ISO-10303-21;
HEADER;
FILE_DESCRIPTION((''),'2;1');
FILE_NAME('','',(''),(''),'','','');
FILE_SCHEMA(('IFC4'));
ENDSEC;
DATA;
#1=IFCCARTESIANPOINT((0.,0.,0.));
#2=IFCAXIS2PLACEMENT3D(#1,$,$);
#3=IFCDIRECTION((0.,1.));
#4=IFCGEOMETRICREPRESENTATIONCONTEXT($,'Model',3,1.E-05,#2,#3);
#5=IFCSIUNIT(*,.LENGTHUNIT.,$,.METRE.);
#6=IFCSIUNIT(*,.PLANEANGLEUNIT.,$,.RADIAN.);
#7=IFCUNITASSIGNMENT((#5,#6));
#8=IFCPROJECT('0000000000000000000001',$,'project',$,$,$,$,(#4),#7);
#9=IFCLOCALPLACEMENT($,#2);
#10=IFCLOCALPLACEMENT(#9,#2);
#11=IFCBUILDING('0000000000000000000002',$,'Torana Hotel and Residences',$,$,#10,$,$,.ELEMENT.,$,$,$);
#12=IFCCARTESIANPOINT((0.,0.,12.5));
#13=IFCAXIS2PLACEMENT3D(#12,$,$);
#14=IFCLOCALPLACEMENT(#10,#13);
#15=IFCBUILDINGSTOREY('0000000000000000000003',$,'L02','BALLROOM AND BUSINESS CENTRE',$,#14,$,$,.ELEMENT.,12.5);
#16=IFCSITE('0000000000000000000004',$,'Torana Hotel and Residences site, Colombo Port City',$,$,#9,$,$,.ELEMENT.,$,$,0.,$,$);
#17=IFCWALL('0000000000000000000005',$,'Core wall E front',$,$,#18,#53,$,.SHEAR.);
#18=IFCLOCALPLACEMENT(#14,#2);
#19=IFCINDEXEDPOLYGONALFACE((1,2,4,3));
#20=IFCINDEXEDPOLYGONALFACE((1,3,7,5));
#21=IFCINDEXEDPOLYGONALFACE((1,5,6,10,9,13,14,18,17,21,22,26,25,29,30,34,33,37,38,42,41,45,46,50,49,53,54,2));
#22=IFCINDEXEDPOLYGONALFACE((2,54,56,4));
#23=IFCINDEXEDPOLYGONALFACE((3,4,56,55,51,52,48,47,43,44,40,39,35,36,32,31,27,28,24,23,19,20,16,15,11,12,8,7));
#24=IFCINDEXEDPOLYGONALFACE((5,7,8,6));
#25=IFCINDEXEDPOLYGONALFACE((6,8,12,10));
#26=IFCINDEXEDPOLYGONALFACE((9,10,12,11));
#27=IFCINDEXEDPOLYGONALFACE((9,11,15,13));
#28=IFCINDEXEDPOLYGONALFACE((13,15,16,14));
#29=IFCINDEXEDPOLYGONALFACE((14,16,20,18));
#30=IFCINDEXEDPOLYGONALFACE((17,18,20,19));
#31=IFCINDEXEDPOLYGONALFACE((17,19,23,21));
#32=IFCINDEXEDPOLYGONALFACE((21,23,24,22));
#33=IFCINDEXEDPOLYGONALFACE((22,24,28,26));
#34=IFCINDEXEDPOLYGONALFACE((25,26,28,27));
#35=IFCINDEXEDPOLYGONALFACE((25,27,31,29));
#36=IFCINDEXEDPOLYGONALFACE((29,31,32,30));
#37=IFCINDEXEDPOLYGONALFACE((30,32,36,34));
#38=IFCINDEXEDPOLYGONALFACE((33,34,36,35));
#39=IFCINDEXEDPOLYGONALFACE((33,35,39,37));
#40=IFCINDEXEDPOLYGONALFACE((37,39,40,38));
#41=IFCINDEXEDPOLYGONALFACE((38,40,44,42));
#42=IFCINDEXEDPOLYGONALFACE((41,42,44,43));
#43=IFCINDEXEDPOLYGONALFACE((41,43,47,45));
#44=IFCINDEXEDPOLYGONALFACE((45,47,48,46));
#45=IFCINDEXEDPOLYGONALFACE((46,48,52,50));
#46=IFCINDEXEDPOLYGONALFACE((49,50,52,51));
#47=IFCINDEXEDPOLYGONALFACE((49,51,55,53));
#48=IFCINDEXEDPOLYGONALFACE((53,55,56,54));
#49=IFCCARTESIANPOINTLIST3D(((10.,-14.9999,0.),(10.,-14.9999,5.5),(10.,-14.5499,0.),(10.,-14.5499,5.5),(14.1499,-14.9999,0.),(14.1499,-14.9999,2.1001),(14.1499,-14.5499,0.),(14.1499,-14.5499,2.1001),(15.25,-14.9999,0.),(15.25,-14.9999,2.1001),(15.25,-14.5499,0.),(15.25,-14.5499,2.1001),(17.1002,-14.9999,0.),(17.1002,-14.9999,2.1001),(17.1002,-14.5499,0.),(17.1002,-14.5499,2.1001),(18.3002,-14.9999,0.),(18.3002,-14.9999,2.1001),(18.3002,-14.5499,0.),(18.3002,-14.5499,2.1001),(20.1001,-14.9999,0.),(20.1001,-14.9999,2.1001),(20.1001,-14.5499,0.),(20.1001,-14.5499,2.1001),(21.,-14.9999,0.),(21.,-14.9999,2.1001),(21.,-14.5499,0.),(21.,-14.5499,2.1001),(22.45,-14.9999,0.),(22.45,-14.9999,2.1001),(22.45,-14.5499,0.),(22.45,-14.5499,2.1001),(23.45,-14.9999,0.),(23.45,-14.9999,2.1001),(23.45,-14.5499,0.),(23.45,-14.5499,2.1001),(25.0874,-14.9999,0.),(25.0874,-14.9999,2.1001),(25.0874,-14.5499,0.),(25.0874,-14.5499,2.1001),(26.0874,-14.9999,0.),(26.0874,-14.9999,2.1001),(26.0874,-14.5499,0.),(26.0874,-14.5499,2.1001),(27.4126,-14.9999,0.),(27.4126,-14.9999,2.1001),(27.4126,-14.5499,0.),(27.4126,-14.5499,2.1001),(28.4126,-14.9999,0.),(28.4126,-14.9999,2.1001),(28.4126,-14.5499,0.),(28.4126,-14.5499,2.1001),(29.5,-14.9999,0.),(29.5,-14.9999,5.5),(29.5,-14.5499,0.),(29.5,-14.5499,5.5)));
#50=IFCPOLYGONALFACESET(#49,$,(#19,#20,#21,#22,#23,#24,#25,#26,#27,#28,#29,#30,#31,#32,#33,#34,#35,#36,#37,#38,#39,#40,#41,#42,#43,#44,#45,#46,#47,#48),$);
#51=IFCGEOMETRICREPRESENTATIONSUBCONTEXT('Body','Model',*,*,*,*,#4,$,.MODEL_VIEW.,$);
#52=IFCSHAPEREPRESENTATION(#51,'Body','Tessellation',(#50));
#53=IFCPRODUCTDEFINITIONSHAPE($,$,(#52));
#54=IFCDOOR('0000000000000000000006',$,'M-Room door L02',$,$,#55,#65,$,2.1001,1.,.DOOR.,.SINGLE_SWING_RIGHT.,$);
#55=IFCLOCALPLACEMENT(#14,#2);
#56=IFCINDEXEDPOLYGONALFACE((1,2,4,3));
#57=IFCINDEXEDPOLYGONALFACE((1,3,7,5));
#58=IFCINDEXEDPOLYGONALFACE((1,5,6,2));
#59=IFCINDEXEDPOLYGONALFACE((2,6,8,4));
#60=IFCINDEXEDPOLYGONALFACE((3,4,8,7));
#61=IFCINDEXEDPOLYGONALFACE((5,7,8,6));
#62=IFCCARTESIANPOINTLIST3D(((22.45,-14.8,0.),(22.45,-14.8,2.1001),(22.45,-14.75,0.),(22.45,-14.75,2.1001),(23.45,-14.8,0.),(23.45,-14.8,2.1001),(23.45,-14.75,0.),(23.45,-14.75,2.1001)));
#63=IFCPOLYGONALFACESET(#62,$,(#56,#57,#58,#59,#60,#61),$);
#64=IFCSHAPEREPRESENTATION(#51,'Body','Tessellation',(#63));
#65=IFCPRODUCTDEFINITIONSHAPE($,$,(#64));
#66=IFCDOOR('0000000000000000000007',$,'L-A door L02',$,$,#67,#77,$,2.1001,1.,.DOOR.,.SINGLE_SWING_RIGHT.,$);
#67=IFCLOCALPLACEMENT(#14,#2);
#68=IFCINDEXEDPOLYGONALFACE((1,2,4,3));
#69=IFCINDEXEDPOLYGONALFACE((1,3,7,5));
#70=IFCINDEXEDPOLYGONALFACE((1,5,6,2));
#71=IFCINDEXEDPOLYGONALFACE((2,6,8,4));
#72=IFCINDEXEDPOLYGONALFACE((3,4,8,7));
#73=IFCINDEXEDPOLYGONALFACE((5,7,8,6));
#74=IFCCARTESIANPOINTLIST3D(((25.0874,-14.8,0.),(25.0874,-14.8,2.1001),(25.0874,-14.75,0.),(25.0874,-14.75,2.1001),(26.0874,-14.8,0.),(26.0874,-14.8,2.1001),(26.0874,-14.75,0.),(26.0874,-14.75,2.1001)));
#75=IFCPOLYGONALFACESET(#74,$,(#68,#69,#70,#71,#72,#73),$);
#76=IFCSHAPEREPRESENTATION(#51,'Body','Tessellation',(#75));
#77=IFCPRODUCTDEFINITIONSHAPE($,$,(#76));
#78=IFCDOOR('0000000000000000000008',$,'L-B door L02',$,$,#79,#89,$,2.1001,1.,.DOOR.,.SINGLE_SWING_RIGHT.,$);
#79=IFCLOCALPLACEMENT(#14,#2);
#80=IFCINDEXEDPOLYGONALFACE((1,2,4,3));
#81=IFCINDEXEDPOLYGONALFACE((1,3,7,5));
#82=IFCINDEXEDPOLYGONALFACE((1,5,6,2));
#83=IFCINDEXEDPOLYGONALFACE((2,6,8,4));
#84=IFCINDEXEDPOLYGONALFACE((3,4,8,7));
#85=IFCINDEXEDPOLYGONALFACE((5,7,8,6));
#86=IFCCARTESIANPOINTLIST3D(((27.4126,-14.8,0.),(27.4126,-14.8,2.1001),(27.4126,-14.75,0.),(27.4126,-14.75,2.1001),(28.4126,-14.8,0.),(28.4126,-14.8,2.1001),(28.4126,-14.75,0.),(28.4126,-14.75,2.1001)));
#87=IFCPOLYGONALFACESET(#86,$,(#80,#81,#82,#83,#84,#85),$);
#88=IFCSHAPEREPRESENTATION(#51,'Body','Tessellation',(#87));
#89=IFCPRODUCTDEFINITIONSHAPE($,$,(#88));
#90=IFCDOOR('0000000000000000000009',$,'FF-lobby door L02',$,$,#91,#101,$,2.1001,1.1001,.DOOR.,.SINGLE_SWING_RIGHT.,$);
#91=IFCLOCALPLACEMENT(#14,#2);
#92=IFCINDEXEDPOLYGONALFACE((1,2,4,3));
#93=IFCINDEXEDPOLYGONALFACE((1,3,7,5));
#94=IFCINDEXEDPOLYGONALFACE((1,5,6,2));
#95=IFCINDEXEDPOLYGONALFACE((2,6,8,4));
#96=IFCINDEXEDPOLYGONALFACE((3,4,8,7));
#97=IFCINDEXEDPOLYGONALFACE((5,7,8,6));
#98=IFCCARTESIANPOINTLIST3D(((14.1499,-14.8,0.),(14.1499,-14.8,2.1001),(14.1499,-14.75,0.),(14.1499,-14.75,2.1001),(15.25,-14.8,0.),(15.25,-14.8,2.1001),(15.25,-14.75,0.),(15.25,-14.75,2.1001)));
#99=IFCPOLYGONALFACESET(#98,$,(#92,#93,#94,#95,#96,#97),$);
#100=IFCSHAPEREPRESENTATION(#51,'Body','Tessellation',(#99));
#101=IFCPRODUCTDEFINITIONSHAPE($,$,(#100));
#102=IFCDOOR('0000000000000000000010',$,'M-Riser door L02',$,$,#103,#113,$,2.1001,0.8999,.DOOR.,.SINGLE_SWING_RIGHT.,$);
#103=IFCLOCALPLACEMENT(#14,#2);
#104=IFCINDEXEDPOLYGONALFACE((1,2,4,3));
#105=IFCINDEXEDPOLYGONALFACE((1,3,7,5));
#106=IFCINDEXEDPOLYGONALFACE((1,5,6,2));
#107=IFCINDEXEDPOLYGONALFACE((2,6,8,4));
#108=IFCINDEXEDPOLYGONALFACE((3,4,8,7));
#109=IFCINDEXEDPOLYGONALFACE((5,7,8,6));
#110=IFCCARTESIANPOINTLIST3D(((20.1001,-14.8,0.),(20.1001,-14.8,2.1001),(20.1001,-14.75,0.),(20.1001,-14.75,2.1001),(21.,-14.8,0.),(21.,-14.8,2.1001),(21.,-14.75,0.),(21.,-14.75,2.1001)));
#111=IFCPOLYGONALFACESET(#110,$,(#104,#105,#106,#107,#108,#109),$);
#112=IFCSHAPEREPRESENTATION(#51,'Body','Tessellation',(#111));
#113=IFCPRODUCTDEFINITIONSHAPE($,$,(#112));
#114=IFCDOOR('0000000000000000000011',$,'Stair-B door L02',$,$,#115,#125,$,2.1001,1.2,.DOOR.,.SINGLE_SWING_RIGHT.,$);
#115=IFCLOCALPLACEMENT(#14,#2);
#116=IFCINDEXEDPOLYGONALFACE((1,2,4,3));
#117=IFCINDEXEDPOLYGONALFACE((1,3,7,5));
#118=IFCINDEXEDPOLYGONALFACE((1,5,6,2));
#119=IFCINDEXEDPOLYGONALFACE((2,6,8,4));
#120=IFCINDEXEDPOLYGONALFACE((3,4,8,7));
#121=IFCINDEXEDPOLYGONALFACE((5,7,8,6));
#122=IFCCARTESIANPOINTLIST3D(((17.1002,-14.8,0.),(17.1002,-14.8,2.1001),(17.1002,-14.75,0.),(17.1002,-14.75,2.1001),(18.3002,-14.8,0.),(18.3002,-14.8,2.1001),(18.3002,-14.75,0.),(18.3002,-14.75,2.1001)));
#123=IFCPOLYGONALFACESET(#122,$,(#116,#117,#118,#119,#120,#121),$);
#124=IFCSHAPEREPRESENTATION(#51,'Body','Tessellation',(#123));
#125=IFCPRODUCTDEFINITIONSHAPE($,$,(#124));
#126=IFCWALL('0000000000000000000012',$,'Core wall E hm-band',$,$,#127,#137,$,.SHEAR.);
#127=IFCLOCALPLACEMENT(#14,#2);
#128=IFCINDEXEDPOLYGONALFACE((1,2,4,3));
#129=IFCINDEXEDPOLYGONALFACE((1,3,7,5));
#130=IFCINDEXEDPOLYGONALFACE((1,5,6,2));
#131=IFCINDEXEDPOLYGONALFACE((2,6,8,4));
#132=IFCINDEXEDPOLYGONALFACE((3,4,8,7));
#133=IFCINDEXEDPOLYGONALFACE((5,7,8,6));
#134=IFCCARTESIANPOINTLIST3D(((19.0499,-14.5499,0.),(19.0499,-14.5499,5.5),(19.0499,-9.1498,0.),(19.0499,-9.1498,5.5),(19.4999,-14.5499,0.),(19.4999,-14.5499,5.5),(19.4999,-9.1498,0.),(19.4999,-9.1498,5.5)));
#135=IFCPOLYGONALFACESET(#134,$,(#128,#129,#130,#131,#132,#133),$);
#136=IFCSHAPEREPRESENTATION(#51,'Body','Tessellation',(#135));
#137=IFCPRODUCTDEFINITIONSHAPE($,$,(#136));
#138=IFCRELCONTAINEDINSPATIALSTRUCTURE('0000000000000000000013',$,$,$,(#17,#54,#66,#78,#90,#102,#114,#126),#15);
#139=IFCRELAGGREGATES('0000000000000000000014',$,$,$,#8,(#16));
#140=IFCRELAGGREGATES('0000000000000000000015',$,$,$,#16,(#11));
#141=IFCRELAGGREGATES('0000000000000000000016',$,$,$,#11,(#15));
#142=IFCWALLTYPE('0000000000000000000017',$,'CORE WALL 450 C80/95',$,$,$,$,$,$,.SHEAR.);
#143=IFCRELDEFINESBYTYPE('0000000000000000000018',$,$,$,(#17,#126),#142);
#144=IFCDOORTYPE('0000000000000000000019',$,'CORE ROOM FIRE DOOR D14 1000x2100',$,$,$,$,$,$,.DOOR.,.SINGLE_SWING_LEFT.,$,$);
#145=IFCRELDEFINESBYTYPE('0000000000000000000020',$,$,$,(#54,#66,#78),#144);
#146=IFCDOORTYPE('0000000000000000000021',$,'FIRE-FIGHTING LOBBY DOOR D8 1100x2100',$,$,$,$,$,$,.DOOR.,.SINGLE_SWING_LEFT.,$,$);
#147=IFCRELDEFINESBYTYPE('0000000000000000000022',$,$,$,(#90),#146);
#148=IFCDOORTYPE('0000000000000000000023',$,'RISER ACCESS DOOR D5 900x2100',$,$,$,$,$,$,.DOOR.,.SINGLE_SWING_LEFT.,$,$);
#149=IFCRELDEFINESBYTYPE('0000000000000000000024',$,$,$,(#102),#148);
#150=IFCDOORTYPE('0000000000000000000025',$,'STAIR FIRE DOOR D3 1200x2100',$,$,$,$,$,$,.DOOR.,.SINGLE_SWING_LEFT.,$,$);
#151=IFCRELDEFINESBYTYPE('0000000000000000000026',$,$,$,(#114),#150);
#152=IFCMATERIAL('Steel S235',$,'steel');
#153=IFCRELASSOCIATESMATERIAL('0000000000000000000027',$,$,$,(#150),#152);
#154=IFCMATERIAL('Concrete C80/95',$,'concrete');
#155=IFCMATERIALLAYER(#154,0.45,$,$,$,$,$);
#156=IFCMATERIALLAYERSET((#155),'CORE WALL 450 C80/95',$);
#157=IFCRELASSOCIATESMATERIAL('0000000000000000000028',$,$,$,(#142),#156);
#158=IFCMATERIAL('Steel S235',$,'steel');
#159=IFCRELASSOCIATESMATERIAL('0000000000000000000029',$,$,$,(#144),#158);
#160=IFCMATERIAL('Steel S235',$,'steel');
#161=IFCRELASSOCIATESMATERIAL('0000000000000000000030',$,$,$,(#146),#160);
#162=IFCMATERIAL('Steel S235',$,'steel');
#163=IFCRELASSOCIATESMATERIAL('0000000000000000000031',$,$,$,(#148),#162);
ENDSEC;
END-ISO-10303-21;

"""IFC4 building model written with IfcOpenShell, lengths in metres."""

from ifc_helpers import new_model, si_unit, direction, frame, frame_2d, origin, place, context, subcontext, project, spatial, rectangle, extrude, material, layer, layer_set, type_object, element, fill, save


model = new_model("IFC4")

# Units and contexts
model_context = context("Model", 3, precision=1e-05, world=origin(), true_north=direction((0.0, 1.0)))
body_context = subcontext(model_context, "Body", "Model", "MODEL_VIEW")
ifc_project = project(units=[si_unit("LENGTHUNIT", "METRE"), si_unit("PLANEANGLEUNIT", "RADIAN")], contexts=[model_context])

# Site, building, storey
site_placement = place(None, origin())
site = spatial("IfcSite", under=ifc_project, at=site_placement, Name="Torana Hotel and Residences site, Colombo Port City", CompositionType="ELEMENT", RefElevation=0.0)
building_placement = place(site_placement, origin())
building = spatial("IfcBuilding", under=site, at=building_placement, Name="Torana Hotel and Residences", CompositionType="ELEMENT")
storey_placement = place(building_placement, frame((0.0, 0.0, 12.5)))
storey = spatial("IfcBuildingStorey", under=building, at=storey_placement, Name="L02", Description="BALLROOM AND BUSINESS CENTRE", CompositionType="ELEMENT", Elevation=12.5)

# Shared definitions
ifc_material_1 = material(Name="Steel S235", Category="steel")
door_type_1 = type_object("IfcDoorType", Name="STAIR FIRE DOOR D3 1200x2100", OperationType="SINGLE_SWING_LEFT", PredefinedType="DOOR", material=ifc_material_1)

# Wall, openings, doors
ifc_material_2 = material(Name="Concrete C80/95", Category="concrete")
ifc_layer_1 = layer(ifc_material_2, 0.45)
ifc_layer_set_1 = layer_set([ifc_layer_1], Name="CORE WALL 450 C80/95")
wall_type_1 = type_object("IfcWallType", Name="CORE WALL 450 C80/95", PredefinedType="SHEAR", material=ifc_layer_set_1)
wall_1_placement = place(storey_placement, frame((10.0, -14.7749, 0.0), z_axis=(0.0, 0.0, 1.0), x_axis=(1.0, 0.0, 0.0)))
wall_1 = element("IfcWall", 1, at=wall_1_placement, inside=storey, type_object=wall_type_1, Name="Core wall E front", PredefinedType="SHEAR", context=body_context, shape_type="SweptSolid", body=[
    extrude(rectangle(XDim=19.5, YDim=0.45, at=frame_2d((9.75, 0.0))), origin(), (0.0, 0.0, 1.0), 5.5),
])
opening_1_placement = place(wall_1_placement, frame((7.1001, 0.0, 0.0)))
opening_1 = element("IfcOpeningElement", 2, at=opening_1_placement, cuts=wall_1, PredefinedType="OPENING", context=body_context, shape_type="SweptSolid", body=[
    extrude(rectangle(XDim=1.2, YDim=2.1001, at=frame_2d((0.6001, 1.05))), frame((0.0, 0.2349, 0.0), z_axis=(0.0, -1.0, 0.0), x_axis=(1.0, 0.0, 0.0)), (0.0, 0.0, 1.0), 0.47),
])
opening_2_placement = place(wall_1_placement, frame((4.1499, 0.0, 0.0)))
opening_2 = element("IfcOpeningElement", 3, at=opening_2_placement, cuts=wall_1, PredefinedType="OPENING", context=body_context, shape_type="SweptSolid", body=[
    extrude(rectangle(XDim=1.1001, YDim=2.1001, at=frame_2d((0.55, 1.05))), frame((0.0, 0.2349, 0.0), z_axis=(0.0, -1.0, 0.0), x_axis=(1.0, 0.0, 0.0)), (0.0, 0.0, 1.0), 0.47),
])
opening_3_placement = place(wall_1_placement, frame((10.1001, 0.0, 0.0)))
opening_3 = element("IfcOpeningElement", 4, at=opening_3_placement, cuts=wall_1, PredefinedType="OPENING", context=body_context, shape_type="SweptSolid", body=[
    extrude(rectangle(XDim=0.8999, YDim=2.1001, at=frame_2d((0.45, 1.05))), frame((0.0, 0.2349, 0.0), z_axis=(0.0, -1.0, 0.0), x_axis=(1.0, 0.0, 0.0)), (0.0, 0.0, 1.0), 0.47),
])
opening_4_placement = place(wall_1_placement, frame((12.45, 0.0, 0.0)))
opening_4 = element("IfcOpeningElement", 5, at=opening_4_placement, cuts=wall_1, PredefinedType="OPENING", context=body_context, shape_type="SweptSolid", body=[
    extrude(rectangle(XDim=1.0, YDim=2.1001, at=frame_2d((0.5, 1.05))), frame((0.0, 0.2349, 0.0), z_axis=(0.0, -1.0, 0.0), x_axis=(1.0, 0.0, 0.0)), (0.0, 0.0, 1.0), 0.47),
])
opening_5_placement = place(wall_1_placement, frame((15.0874, 0.0, 0.0)))
opening_5 = element("IfcOpeningElement", 6, at=opening_5_placement, cuts=wall_1, PredefinedType="OPENING", context=body_context, shape_type="SweptSolid", body=[
    extrude(rectangle(XDim=1.0, YDim=2.1001, at=frame_2d((0.5, 1.05))), frame((0.0, 0.2349, 0.0), z_axis=(0.0, -1.0, 0.0), x_axis=(1.0, 0.0, 0.0)), (0.0, 0.0, 1.0), 0.47),
])
opening_6_placement = place(wall_1_placement, frame((17.4126, 0.0, 0.0)))
opening_6 = element("IfcOpeningElement", 7, at=opening_6_placement, cuts=wall_1, PredefinedType="OPENING", context=body_context, shape_type="SweptSolid", body=[
    extrude(rectangle(XDim=1.0, YDim=2.1001, at=frame_2d((0.5, 1.05))), frame((0.0, 0.2349, 0.0), z_axis=(0.0, -1.0, 0.0), x_axis=(1.0, 0.0, 0.0)), (0.0, 0.0, 1.0), 0.47),
])
ifc_material_3 = material(Name="Steel S235", Category="steel")
door_type_2 = type_object("IfcDoorType", Name="CORE ROOM FIRE DOOR D14 1000x2100", OperationType="SINGLE_SWING_LEFT", PredefinedType="DOOR", material=ifc_material_3)
door_1_placement = place(opening_4_placement, origin())
door_1 = element("IfcDoor", 8, at=door_1_placement, inside=storey, type_object=door_type_2, Name="M-Room door L02", OperationType="SINGLE_SWING_RIGHT", OverallHeight=2.1001, OverallWidth=1.0, PredefinedType="DOOR", context=body_context, shape_type="SweptSolid", body=[
    extrude(rectangle(XDim=1.0, YDim=2.1001, at=frame_2d((0.5, 1.05))), frame((0.0, 0.0249, 0.0), z_axis=(0.0, -1.0, 0.0), x_axis=(1.0, 0.0, 0.0)), (0.0, 0.0, 1.0), 0.05),
])
fill(opening_4, door_1)
door_2_placement = place(opening_5_placement, origin())
door_2 = element("IfcDoor", 9, at=door_2_placement, inside=storey, type_object=door_type_2, Name="L-A door L02", OperationType="SINGLE_SWING_RIGHT", OverallHeight=2.1001, OverallWidth=1.0, PredefinedType="DOOR", context=body_context, shape_type="SweptSolid", body=[
    extrude(rectangle(XDim=1.0, YDim=2.1001, at=frame_2d((0.5, 1.05))), frame((0.0, 0.0249, 0.0), z_axis=(0.0, -1.0, 0.0), x_axis=(1.0, 0.0, 0.0)), (0.0, 0.0, 1.0), 0.05),
])
fill(opening_5, door_2)
door_3_placement = place(opening_6_placement, origin())
door_3 = element("IfcDoor", 10, at=door_3_placement, inside=storey, type_object=door_type_2, Name="L-B door L02", OperationType="SINGLE_SWING_RIGHT", OverallHeight=2.1001, OverallWidth=1.0, PredefinedType="DOOR", context=body_context, shape_type="SweptSolid", body=[
    extrude(rectangle(XDim=1.0, YDim=2.1001, at=frame_2d((0.5, 1.05))), frame((0.0, 0.0249, 0.0), z_axis=(0.0, -1.0, 0.0), x_axis=(1.0, 0.0, 0.0)), (0.0, 0.0, 1.0), 0.05),
])
fill(opening_6, door_3)
ifc_material_4 = material(Name="Steel S235", Category="steel")
door_type_3 = type_object("IfcDoorType", Name="FIRE-FIGHTING LOBBY DOOR D8 1100x2100", OperationType="SINGLE_SWING_LEFT", PredefinedType="DOOR", material=ifc_material_4)
door_4_placement = place(opening_2_placement, origin())
door_4 = element("IfcDoor", 11, at=door_4_placement, inside=storey, type_object=door_type_3, Name="FF-lobby door L02", OperationType="SINGLE_SWING_RIGHT", OverallHeight=2.1001, OverallWidth=1.1001, PredefinedType="DOOR", context=body_context, shape_type="SweptSolid", body=[
    extrude(rectangle(XDim=1.1001, YDim=2.1001, at=frame_2d((0.55, 1.05))), frame((0.0, 0.0249, 0.0), z_axis=(0.0, -1.0, 0.0), x_axis=(1.0, 0.0, 0.0)), (0.0, 0.0, 1.0), 0.05),
])
fill(opening_2, door_4)
ifc_material_5 = material(Name="Steel S235", Category="steel")
door_type_4 = type_object("IfcDoorType", Name="RISER ACCESS DOOR D5 900x2100", OperationType="SINGLE_SWING_LEFT", PredefinedType="DOOR", material=ifc_material_5)
door_5_placement = place(opening_3_placement, origin())
door_5 = element("IfcDoor", 12, at=door_5_placement, inside=storey, type_object=door_type_4, Name="M-Riser door L02", OperationType="SINGLE_SWING_RIGHT", OverallHeight=2.1001, OverallWidth=0.8999, PredefinedType="DOOR", context=body_context, shape_type="SweptSolid", body=[
    extrude(rectangle(XDim=0.8999, YDim=2.1001, at=frame_2d((0.45, 1.05))), frame((0.0, 0.0249, 0.0), z_axis=(0.0, -1.0, 0.0), x_axis=(1.0, 0.0, 0.0)), (0.0, 0.0, 1.0), 0.05),
])
fill(opening_3, door_5)
door_6_placement = place(opening_1_placement, origin())
door_6 = element("IfcDoor", 13, at=door_6_placement, inside=storey, type_object=door_type_1, Name="Stair-B door L02", OperationType="SINGLE_SWING_RIGHT", OverallHeight=2.1001, OverallWidth=1.2, PredefinedType="DOOR", context=body_context, shape_type="SweptSolid", body=[
    extrude(rectangle(XDim=1.2, YDim=2.1001, at=frame_2d((0.6001, 1.05))), frame((0.0, 0.0249, 0.0), z_axis=(0.0, -1.0, 0.0), x_axis=(1.0, 0.0, 0.0)), (0.0, 0.0, 1.0), 0.05),
])
fill(opening_1, door_6)

# Wall
wall_2_placement = place(storey_placement, frame((19.2749, -14.55, 0.0), z_axis=(0.0, 0.0, 1.0), x_axis=(0.0, 1.0, 0.0)))
element("IfcWall", 14, at=wall_2_placement, inside=storey, type_object=wall_type_1, Name="Core wall E hm-band", PredefinedType="SHEAR", context=body_context, shape_type="SweptSolid", body=[
    extrude(rectangle(XDim=5.4001, YDim=0.45, at=frame_2d((2.7002, 0.0))), origin(), (0.0, 0.0, 1.0), 5.5),
])

save(model, "model.ifc")
